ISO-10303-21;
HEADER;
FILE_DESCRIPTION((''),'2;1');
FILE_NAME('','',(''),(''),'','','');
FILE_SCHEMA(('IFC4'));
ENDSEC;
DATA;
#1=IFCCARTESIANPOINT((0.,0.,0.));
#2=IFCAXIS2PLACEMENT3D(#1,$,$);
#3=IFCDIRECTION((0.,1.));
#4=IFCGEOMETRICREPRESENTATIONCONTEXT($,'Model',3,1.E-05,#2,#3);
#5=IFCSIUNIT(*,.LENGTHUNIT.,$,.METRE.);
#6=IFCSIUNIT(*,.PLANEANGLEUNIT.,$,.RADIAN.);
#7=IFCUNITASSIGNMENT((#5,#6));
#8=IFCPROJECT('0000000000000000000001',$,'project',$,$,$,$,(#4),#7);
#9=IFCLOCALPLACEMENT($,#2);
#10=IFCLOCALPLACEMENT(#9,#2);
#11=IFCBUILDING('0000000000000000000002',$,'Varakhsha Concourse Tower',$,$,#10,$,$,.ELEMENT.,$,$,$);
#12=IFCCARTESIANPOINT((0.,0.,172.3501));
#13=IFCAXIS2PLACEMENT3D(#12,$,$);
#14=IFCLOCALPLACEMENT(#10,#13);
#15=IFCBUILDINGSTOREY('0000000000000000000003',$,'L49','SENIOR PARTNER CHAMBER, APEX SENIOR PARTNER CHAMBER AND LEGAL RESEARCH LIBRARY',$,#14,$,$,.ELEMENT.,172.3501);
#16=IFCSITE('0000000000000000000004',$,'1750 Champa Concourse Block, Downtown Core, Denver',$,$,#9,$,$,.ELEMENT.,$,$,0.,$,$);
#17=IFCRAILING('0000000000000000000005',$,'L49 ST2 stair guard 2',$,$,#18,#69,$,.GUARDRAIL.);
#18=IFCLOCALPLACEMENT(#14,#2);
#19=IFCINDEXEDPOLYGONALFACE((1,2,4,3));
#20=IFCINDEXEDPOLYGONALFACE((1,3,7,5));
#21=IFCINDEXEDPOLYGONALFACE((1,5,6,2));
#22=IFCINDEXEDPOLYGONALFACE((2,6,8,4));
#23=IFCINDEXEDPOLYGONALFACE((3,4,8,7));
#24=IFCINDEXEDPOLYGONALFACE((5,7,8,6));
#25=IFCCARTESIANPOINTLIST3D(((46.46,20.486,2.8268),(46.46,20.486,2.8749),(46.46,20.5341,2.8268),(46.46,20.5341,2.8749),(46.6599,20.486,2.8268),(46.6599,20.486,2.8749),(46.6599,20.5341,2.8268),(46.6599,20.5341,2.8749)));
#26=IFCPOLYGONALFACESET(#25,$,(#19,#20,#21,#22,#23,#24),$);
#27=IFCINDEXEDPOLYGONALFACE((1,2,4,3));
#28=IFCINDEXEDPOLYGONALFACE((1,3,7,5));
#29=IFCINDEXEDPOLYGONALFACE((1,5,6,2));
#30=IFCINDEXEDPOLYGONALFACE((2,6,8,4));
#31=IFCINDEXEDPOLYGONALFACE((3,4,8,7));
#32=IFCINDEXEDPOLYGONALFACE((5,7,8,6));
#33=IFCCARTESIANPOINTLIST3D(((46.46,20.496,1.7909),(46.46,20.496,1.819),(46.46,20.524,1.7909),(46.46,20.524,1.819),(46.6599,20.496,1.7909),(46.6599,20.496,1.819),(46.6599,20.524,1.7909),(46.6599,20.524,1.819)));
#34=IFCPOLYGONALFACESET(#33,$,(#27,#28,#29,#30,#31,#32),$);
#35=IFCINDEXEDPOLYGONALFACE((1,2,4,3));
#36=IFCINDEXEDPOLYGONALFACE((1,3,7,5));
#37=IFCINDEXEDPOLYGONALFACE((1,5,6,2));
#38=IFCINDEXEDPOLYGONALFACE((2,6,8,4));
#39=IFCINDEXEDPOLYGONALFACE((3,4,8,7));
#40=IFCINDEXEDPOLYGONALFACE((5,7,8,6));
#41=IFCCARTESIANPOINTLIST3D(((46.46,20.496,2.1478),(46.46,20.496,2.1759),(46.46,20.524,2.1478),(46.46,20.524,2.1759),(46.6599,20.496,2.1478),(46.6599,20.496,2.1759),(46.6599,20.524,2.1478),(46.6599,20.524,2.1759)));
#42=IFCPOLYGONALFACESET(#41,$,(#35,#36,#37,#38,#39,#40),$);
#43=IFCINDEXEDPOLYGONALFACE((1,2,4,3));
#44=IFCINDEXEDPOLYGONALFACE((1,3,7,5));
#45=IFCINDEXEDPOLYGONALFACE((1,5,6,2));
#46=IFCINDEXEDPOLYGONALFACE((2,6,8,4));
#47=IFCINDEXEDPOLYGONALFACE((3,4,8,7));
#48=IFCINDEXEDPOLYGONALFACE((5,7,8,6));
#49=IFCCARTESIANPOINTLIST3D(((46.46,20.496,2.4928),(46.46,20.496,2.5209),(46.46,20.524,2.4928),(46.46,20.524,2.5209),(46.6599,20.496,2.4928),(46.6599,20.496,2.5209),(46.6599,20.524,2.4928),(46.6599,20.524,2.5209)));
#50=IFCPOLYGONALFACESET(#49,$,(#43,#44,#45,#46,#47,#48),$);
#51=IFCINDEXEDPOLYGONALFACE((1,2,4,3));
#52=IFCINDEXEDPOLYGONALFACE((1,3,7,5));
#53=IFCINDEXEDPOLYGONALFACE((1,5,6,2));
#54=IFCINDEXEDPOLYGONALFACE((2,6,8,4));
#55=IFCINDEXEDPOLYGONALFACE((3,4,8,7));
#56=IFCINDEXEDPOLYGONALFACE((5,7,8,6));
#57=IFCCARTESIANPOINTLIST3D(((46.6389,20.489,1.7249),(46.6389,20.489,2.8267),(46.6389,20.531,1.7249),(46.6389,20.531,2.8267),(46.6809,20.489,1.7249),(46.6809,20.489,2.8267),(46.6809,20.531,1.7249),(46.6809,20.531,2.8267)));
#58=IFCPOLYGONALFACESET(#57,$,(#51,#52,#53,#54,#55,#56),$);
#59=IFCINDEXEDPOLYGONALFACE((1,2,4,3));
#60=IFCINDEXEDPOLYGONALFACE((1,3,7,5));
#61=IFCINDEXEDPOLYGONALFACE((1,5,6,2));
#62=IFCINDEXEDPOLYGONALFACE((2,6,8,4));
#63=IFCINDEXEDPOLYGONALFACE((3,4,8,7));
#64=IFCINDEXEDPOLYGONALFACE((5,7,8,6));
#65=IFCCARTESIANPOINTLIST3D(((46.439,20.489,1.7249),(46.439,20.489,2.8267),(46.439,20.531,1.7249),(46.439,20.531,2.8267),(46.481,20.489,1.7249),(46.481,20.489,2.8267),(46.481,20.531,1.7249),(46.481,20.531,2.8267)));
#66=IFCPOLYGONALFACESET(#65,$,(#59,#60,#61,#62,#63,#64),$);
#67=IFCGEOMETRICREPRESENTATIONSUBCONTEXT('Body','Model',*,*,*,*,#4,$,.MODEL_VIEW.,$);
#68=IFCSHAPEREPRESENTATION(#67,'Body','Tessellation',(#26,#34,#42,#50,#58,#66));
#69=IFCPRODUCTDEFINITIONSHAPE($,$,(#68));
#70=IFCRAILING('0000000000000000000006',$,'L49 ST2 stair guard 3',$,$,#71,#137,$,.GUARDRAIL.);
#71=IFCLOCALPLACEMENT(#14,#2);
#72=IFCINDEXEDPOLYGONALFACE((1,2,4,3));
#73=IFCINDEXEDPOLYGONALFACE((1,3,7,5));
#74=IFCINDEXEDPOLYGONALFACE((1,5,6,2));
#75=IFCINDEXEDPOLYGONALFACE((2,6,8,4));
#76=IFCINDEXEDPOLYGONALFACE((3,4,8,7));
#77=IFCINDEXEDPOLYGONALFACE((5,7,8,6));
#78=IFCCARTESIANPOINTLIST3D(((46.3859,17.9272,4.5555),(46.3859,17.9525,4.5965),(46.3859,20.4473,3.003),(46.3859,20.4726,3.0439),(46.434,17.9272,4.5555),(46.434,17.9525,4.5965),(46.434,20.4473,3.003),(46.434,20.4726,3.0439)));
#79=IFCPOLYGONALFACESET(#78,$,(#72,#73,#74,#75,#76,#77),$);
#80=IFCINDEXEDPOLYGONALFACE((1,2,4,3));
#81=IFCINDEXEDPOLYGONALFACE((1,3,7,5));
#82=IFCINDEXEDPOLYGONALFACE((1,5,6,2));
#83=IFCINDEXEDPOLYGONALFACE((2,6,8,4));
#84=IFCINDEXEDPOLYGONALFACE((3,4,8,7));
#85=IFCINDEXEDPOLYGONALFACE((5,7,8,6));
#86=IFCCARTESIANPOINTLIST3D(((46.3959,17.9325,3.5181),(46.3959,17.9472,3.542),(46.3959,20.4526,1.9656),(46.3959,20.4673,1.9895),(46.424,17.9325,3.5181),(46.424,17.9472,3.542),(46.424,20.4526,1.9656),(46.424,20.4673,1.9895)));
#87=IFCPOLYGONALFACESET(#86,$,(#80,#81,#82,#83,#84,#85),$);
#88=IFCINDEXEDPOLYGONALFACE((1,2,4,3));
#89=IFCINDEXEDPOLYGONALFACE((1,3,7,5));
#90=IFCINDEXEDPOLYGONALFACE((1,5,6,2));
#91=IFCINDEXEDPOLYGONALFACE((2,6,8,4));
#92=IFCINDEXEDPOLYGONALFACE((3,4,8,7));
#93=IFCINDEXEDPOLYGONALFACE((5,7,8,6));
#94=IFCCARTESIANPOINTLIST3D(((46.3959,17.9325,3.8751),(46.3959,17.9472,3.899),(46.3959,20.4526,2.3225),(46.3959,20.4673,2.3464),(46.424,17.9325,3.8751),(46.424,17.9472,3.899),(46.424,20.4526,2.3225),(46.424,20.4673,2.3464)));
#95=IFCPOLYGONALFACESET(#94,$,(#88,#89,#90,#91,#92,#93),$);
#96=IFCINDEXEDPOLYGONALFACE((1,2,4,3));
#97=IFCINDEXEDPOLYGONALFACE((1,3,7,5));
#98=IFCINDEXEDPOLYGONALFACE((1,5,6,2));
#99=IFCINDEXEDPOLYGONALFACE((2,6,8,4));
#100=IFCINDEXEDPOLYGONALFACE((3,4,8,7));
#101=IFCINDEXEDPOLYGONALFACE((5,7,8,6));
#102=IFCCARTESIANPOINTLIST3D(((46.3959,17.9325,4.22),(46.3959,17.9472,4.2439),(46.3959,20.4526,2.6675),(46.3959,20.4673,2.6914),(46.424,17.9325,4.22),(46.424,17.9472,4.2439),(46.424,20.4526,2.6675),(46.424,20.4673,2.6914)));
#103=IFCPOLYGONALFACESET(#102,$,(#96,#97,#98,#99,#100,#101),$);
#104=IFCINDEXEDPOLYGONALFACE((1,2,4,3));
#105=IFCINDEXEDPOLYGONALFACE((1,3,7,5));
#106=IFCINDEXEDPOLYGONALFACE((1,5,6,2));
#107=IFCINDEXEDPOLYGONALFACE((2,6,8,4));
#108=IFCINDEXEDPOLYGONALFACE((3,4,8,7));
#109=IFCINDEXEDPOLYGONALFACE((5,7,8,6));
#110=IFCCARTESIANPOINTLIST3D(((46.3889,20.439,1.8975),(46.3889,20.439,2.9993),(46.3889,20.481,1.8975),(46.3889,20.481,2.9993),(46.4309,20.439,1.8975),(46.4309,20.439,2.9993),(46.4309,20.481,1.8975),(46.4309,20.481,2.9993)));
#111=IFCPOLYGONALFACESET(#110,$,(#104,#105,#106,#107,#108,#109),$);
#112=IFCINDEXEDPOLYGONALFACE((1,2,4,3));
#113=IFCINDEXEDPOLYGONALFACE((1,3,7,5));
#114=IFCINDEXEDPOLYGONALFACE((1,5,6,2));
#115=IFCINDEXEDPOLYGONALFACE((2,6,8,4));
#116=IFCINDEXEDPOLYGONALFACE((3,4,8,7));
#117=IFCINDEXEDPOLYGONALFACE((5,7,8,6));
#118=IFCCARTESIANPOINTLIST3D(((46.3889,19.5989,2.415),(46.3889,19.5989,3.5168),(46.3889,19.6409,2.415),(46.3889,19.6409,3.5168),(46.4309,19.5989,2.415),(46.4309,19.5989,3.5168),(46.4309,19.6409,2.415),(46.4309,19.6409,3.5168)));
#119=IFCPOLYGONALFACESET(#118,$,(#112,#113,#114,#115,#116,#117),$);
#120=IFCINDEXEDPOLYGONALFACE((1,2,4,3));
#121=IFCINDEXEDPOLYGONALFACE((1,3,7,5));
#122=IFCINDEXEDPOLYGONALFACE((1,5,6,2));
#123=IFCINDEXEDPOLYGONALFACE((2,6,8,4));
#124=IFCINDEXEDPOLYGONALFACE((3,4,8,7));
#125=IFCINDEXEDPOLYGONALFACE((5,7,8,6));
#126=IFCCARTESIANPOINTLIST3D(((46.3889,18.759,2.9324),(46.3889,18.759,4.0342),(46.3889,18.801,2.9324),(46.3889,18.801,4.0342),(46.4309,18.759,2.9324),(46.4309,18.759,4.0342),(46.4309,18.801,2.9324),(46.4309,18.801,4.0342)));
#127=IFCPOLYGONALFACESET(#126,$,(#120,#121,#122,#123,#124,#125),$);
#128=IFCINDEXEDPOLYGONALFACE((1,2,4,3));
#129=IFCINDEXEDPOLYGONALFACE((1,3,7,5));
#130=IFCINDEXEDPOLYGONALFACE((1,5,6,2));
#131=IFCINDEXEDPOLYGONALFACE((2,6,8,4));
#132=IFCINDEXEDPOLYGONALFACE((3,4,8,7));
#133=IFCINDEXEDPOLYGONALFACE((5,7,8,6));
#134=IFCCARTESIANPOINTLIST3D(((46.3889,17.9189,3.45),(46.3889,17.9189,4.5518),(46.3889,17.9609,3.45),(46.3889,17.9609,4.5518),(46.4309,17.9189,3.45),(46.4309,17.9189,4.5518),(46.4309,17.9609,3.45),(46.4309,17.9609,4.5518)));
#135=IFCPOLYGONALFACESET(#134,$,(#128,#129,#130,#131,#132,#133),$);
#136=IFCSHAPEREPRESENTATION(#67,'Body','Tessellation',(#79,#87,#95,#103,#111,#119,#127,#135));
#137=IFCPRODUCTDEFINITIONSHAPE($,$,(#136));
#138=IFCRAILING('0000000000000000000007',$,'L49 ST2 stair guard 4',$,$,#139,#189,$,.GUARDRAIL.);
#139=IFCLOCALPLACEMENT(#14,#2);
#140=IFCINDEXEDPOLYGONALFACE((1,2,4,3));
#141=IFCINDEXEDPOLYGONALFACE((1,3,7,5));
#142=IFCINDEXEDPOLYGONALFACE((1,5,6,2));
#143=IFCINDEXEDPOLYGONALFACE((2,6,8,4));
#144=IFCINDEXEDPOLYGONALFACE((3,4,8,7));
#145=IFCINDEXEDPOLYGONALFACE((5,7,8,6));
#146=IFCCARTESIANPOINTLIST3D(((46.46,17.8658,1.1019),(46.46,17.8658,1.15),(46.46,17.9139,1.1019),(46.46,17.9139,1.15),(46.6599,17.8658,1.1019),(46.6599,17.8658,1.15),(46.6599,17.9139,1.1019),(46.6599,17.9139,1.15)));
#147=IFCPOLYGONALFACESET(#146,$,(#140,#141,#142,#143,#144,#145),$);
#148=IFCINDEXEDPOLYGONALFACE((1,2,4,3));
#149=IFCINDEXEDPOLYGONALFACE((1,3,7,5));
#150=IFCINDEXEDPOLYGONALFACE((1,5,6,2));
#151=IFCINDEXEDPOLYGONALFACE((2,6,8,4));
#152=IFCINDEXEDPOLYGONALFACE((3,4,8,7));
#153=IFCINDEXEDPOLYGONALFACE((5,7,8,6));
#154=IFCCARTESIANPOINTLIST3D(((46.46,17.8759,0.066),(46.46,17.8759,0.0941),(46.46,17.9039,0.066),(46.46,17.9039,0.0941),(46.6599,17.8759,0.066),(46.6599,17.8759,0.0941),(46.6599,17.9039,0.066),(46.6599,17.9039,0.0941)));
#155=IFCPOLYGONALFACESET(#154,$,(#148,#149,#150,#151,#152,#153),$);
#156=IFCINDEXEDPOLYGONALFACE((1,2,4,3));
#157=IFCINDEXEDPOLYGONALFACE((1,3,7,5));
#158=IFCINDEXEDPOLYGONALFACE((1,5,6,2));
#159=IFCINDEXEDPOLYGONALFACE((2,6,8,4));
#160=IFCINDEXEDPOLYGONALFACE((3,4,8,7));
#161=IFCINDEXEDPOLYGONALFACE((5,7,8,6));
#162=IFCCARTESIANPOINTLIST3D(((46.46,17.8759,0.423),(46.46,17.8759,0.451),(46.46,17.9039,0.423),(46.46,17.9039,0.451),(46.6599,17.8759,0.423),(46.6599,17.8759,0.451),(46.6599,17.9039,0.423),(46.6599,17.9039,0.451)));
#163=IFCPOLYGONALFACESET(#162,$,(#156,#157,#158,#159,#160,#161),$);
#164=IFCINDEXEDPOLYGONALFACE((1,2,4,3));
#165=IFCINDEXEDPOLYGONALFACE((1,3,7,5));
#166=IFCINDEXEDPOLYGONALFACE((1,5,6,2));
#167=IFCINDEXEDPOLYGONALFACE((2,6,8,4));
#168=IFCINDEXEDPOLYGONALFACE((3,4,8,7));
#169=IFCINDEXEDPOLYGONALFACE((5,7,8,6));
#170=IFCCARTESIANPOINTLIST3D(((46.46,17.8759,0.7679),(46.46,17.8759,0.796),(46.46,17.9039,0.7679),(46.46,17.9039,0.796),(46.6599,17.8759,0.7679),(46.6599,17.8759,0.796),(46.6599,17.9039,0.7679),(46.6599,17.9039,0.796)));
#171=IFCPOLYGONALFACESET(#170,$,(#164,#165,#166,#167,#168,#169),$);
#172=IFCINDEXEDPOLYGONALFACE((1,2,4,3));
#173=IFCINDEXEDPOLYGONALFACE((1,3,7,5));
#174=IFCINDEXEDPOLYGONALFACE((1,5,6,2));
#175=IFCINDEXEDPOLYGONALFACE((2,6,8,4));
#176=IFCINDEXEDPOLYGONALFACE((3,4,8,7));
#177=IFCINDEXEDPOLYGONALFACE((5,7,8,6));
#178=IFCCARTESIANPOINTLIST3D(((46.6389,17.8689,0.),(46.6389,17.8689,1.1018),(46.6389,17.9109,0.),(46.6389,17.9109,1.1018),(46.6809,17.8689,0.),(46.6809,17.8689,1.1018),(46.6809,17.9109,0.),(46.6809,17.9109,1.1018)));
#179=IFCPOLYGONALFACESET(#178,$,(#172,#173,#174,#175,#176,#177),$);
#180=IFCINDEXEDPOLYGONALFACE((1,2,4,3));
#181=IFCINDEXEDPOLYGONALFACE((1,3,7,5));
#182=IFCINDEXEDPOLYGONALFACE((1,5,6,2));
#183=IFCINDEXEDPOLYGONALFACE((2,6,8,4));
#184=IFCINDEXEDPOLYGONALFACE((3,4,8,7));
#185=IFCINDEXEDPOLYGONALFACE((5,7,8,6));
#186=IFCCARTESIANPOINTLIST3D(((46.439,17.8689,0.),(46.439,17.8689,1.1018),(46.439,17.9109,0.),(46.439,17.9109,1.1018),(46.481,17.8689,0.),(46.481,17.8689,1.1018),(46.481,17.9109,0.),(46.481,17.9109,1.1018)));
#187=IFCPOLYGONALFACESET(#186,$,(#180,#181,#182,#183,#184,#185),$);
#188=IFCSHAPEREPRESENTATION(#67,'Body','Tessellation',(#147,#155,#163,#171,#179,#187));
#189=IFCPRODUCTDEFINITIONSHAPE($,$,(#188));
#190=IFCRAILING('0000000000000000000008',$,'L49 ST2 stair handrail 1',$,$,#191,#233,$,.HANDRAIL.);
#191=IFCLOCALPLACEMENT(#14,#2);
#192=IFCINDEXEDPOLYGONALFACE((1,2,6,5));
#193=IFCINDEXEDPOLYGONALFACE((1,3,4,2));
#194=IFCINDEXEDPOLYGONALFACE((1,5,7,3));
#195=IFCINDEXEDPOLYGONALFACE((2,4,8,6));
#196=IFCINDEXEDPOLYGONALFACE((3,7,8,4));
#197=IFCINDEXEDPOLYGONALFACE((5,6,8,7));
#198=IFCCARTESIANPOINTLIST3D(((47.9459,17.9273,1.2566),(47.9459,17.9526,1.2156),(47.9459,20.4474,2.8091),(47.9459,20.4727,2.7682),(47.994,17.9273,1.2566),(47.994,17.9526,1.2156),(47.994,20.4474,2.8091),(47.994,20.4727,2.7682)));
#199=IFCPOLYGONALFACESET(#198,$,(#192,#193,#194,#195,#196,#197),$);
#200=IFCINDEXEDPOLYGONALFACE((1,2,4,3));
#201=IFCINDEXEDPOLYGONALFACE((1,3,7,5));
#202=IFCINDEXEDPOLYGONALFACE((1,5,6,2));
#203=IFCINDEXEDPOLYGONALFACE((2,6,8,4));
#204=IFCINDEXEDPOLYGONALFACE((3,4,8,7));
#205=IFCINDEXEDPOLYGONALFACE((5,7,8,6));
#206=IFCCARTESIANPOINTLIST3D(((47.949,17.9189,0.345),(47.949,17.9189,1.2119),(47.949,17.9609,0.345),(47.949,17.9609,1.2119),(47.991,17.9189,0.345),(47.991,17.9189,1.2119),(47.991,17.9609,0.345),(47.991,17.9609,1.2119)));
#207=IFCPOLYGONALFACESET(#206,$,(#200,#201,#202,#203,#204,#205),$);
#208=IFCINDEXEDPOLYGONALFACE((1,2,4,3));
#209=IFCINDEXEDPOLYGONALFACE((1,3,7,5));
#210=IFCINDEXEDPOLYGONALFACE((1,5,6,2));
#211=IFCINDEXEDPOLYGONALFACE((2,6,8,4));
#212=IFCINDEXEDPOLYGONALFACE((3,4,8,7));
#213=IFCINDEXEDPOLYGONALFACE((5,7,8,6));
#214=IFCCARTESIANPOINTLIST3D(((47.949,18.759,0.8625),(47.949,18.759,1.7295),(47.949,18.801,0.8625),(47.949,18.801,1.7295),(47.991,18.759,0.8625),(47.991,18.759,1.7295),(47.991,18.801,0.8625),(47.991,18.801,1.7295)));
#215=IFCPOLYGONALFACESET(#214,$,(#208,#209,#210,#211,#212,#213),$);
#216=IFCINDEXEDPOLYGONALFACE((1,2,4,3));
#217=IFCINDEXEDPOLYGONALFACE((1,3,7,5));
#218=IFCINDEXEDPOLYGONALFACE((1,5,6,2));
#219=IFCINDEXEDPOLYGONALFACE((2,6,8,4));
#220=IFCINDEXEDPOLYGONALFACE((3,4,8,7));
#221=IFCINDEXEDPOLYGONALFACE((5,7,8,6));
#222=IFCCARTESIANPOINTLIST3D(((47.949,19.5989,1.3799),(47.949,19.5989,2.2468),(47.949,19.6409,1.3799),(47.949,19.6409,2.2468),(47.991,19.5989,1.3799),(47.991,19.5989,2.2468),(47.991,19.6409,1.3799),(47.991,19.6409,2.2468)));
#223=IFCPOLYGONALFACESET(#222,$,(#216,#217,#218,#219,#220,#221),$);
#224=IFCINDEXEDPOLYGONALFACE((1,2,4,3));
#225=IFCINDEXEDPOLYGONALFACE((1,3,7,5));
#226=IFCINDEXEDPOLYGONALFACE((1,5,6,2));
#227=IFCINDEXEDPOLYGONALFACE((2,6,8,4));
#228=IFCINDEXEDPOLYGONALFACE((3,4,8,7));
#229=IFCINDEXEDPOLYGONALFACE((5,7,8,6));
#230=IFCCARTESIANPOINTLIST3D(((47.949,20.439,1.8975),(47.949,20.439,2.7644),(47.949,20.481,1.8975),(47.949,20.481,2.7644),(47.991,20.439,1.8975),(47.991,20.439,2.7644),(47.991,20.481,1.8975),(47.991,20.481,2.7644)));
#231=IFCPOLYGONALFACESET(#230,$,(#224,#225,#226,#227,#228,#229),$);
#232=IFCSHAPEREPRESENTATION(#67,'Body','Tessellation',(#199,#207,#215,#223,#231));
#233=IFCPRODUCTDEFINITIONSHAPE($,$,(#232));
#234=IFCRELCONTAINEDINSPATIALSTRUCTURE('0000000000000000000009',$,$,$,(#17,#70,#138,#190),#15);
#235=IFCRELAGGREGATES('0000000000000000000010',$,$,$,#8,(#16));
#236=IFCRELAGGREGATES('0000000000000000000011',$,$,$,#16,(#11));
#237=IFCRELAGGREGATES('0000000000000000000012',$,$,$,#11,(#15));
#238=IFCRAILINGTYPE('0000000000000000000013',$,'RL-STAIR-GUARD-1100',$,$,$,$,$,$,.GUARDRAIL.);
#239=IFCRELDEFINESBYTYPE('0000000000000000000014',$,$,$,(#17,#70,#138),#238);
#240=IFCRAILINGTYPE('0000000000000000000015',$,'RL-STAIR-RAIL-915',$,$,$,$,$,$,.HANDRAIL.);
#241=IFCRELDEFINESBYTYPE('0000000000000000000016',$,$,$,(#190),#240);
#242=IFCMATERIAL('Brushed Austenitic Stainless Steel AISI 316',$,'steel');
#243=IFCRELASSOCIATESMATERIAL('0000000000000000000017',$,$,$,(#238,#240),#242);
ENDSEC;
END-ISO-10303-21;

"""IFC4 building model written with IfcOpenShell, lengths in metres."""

from ifc_helpers import new_model, si_unit, direction, frame, origin, origin_2d, place, context, subcontext, project, spatial, rectangle, extrude, material, type_object, element, save


model = new_model("IFC4")

# Units and contexts
model_context = context("Model", 3, precision=1e-05, world=origin(), true_north=direction((0.0, 1.0)))
body_context = subcontext(model_context, "Body", "Model", "MODEL_VIEW")
ifc_project = project(units=[si_unit("LENGTHUNIT", "METRE"), si_unit("PLANEANGLEUNIT", "RADIAN")], contexts=[model_context])

# Site, building, storey
site_placement = place(None, origin())
site = spatial("IfcSite", under=ifc_project, at=site_placement, Name="1750 Champa Concourse Block, Downtown Core, Denver", CompositionType="ELEMENT", RefElevation=0.0)
building_placement = place(site_placement, origin())
building = spatial("IfcBuilding", under=site, at=building_placement, Name="Varakhsha Concourse Tower", CompositionType="ELEMENT")
storey_placement = place(building_placement, frame((0.0, 0.0, 172.3501)))
storey = spatial("IfcBuildingStorey", under=building, at=storey_placement, Name="L49", Description="SENIOR PARTNER CHAMBER, APEX SENIOR PARTNER CHAMBER AND LEGAL RESEARCH LIBRARY", CompositionType="ELEMENT", Elevation=172.3501)

# Railings
ifc_material_1 = material(Name="Brushed Austenitic Stainless Steel AISI 316", Category="steel")
railing_type_1 = type_object("IfcRailingType", Name="RL-STAIR-GUARD-1100", PredefinedType="GUARDRAIL", material=ifc_material_1)
railing_1_placement = place(storey_placement, frame((46.6599, 20.51, 1.7249)))
element("IfcRailing", 1, at=railing_1_placement, inside=storey, type_object=railing_type_1, Name="L49 ST2 stair guard 2", PredefinedType="GUARDRAIL", context=body_context, shape_type="SweptSolid", body=[
    extrude(rectangle(XDim=0.0481, YDim=0.0481, at=origin_2d()), frame((0.0, 0.0, 1.126), z_axis=(-1.0, 0.0, 0.0), x_axis=(0.0, -1.0, 0.0)), (0.0, 0.0, 1.0), 0.2),
    extrude(rectangle(XDim=0.0281, YDim=0.0281, at=origin_2d()), frame((0.0, 0.0, 0.0801), z_axis=(-1.0, 0.0, 0.0), x_axis=(0.0, -1.0, 0.0)), (0.0, 0.0, 1.0), 0.2),
    extrude(rectangle(XDim=0.0281, YDim=0.0281, at=origin_2d()), frame((0.0, 0.0, 0.437), z_axis=(-1.0, 0.0, 0.0), x_axis=(0.0, -1.0, 0.0)), (0.0, 0.0, 1.0), 0.2),
    extrude(rectangle(XDim=0.0281, YDim=0.0281, at=origin_2d()), frame((0.0, 0.0, 0.782), z_axis=(-1.0, 0.0, 0.0), x_axis=(0.0, -1.0, 0.0)), (0.0, 0.0, 1.0), 0.2),
    extrude(rectangle(XDim=0.042, YDim=0.042, at=origin_2d()), origin(), (0.0, 0.0, 1.0), 1.1018),
    extrude(rectangle(XDim=0.042, YDim=0.042, at=origin_2d()), frame((-0.2, 0.0, 0.0)), (0.0, 0.0, 1.0), 1.1018),
])
railing_2_placement = place(storey_placement, frame((46.4099, 20.46, 1.8975)))
element("IfcRailing", 2, at=railing_2_placement, inside=storey, type_object=railing_type_1, Name="L49 ST2 stair guard 3", PredefinedType="GUARDRAIL", context=body_context, shape_type="SweptSolid", body=[
    extrude(rectangle(XDim=0.0481, YDim=0.0481, at=origin_2d()), frame((0.0, 0.0, 1.126), z_axis=(0.0, -0.8514, 0.524516), x_axis=(1.0, 0.0, 0.0)), (0.0, 0.0, 1.0), 2.96),
    extrude(rectangle(XDim=0.0281, YDim=0.0281, at=origin_2d()), frame((0.0, 0.0, 0.0801), z_axis=(0.0, -0.8514, 0.524516), x_axis=(1.0, 0.0, 0.0)), (0.0, 0.0, 1.0), 2.96),
    extrude(rectangle(XDim=0.0281, YDim=0.0281, at=origin_2d()), frame((0.0, 0.0, 0.437), z_axis=(0.0, -0.8514, 0.524516), x_axis=(1.0, 0.0, 0.0)), (0.0, 0.0, 1.0), 2.96),
    extrude(rectangle(XDim=0.0281, YDim=0.0281, at=origin_2d()), frame((0.0, 0.0, 0.782), z_axis=(0.0, -0.8514, 0.524516), x_axis=(1.0, 0.0, 0.0)), (0.0, 0.0, 1.0), 2.96),
    extrude(rectangle(XDim=0.042, YDim=0.042, at=origin_2d()), origin(), (0.0, 0.0, 1.0), 1.1018),
    extrude(rectangle(XDim=0.042, YDim=0.042, at=origin_2d()), frame((0.0, -0.8401, 0.5176)), (0.0, 0.0, 1.0), 1.1018),
    extrude(rectangle(XDim=0.042, YDim=0.042, at=origin_2d()), frame((0.0, -1.6799, 1.0349)), (0.0, 0.0, 1.0), 1.1018),
    extrude(rectangle(XDim=0.042, YDim=0.042, at=origin_2d()), frame((0.0, -2.52, 1.5525)), (0.0, 0.0, 1.0), 1.1018),
])
railing_3_placement = place(storey_placement, frame((46.6599, 17.8899, 0.0)))
element("IfcRailing", 3, at=railing_3_placement, inside=storey, type_object=railing_type_1, Name="L49 ST2 stair guard 4", PredefinedType="GUARDRAIL", context=body_context, shape_type="SweptSolid", body=[
    extrude(rectangle(XDim=0.0481, YDim=0.0481, at=origin_2d()), frame((0.0, 0.0, 1.126), z_axis=(-1.0, 0.0, 0.0), x_axis=(0.0, -1.0, 0.0)), (0.0, 0.0, 1.0), 0.2),
    extrude(rectangle(XDim=0.0281, YDim=0.0281, at=origin_2d()), frame((0.0, 0.0, 0.0801), z_axis=(-1.0, 0.0, 0.0), x_axis=(0.0, -1.0, 0.0)), (0.0, 0.0, 1.0), 0.2),
    extrude(rectangle(XDim=0.0281, YDim=0.0281, at=origin_2d()), frame((0.0, 0.0, 0.437), z_axis=(-1.0, 0.0, 0.0), x_axis=(0.0, -1.0, 0.0)), (0.0, 0.0, 1.0), 0.2),
    extrude(rectangle(XDim=0.0281, YDim=0.0281, at=origin_2d()), frame((0.0, 0.0, 0.782), z_axis=(-1.0, 0.0, 0.0), x_axis=(0.0, -1.0, 0.0)), (0.0, 0.0, 1.0), 0.2),
    extrude(rectangle(XDim=0.042, YDim=0.042, at=origin_2d()), origin(), (0.0, 0.0, 1.0), 1.1018),
    extrude(rectangle(XDim=0.042, YDim=0.042, at=origin_2d()), frame((-0.2, 0.0, 0.0)), (0.0, 0.0, 1.0), 1.1018),
])
railing_type_2 = type_object("IfcRailingType", Name="RL-STAIR-RAIL-915", PredefinedType="HANDRAIL", material=ifc_material_1)
railing_4_placement = place(storey_placement, frame((47.97, 17.9399, 0.345)))
element("IfcRailing", 4, at=railing_4_placement, inside=storey, type_object=railing_type_2, Name="L49 ST2 stair handrail 1", PredefinedType="HANDRAIL", context=body_context, shape_type="SweptSolid", body=[
    extrude(rectangle(XDim=0.0481, YDim=0.0481, at=origin_2d()), frame((0.0, 0.0, 0.8911), z_axis=(0.0, 0.8514, 0.524516), x_axis=(-1.0, 0.0, 0.0)), (0.0, 0.0, 1.0), 2.96),
    extrude(rectangle(XDim=0.042, YDim=0.042, at=origin_2d()), origin(), (0.0, 0.0, 1.0), 0.8669),
    extrude(rectangle(XDim=0.042, YDim=0.042, at=origin_2d()), frame((0.0, 0.8401, 0.5176)), (0.0, 0.0, 1.0), 0.8669),
    extrude(rectangle(XDim=0.042, YDim=0.042, at=origin_2d()), frame((0.0, 1.6799, 1.0349)), (0.0, 0.0, 1.0), 0.8669),
    extrude(rectangle(XDim=0.042, YDim=0.042, at=origin_2d()), frame((0.0, 2.52, 1.5525)), (0.0, 0.0, 1.0), 0.8669),
])

save(model, "model.ifc")
